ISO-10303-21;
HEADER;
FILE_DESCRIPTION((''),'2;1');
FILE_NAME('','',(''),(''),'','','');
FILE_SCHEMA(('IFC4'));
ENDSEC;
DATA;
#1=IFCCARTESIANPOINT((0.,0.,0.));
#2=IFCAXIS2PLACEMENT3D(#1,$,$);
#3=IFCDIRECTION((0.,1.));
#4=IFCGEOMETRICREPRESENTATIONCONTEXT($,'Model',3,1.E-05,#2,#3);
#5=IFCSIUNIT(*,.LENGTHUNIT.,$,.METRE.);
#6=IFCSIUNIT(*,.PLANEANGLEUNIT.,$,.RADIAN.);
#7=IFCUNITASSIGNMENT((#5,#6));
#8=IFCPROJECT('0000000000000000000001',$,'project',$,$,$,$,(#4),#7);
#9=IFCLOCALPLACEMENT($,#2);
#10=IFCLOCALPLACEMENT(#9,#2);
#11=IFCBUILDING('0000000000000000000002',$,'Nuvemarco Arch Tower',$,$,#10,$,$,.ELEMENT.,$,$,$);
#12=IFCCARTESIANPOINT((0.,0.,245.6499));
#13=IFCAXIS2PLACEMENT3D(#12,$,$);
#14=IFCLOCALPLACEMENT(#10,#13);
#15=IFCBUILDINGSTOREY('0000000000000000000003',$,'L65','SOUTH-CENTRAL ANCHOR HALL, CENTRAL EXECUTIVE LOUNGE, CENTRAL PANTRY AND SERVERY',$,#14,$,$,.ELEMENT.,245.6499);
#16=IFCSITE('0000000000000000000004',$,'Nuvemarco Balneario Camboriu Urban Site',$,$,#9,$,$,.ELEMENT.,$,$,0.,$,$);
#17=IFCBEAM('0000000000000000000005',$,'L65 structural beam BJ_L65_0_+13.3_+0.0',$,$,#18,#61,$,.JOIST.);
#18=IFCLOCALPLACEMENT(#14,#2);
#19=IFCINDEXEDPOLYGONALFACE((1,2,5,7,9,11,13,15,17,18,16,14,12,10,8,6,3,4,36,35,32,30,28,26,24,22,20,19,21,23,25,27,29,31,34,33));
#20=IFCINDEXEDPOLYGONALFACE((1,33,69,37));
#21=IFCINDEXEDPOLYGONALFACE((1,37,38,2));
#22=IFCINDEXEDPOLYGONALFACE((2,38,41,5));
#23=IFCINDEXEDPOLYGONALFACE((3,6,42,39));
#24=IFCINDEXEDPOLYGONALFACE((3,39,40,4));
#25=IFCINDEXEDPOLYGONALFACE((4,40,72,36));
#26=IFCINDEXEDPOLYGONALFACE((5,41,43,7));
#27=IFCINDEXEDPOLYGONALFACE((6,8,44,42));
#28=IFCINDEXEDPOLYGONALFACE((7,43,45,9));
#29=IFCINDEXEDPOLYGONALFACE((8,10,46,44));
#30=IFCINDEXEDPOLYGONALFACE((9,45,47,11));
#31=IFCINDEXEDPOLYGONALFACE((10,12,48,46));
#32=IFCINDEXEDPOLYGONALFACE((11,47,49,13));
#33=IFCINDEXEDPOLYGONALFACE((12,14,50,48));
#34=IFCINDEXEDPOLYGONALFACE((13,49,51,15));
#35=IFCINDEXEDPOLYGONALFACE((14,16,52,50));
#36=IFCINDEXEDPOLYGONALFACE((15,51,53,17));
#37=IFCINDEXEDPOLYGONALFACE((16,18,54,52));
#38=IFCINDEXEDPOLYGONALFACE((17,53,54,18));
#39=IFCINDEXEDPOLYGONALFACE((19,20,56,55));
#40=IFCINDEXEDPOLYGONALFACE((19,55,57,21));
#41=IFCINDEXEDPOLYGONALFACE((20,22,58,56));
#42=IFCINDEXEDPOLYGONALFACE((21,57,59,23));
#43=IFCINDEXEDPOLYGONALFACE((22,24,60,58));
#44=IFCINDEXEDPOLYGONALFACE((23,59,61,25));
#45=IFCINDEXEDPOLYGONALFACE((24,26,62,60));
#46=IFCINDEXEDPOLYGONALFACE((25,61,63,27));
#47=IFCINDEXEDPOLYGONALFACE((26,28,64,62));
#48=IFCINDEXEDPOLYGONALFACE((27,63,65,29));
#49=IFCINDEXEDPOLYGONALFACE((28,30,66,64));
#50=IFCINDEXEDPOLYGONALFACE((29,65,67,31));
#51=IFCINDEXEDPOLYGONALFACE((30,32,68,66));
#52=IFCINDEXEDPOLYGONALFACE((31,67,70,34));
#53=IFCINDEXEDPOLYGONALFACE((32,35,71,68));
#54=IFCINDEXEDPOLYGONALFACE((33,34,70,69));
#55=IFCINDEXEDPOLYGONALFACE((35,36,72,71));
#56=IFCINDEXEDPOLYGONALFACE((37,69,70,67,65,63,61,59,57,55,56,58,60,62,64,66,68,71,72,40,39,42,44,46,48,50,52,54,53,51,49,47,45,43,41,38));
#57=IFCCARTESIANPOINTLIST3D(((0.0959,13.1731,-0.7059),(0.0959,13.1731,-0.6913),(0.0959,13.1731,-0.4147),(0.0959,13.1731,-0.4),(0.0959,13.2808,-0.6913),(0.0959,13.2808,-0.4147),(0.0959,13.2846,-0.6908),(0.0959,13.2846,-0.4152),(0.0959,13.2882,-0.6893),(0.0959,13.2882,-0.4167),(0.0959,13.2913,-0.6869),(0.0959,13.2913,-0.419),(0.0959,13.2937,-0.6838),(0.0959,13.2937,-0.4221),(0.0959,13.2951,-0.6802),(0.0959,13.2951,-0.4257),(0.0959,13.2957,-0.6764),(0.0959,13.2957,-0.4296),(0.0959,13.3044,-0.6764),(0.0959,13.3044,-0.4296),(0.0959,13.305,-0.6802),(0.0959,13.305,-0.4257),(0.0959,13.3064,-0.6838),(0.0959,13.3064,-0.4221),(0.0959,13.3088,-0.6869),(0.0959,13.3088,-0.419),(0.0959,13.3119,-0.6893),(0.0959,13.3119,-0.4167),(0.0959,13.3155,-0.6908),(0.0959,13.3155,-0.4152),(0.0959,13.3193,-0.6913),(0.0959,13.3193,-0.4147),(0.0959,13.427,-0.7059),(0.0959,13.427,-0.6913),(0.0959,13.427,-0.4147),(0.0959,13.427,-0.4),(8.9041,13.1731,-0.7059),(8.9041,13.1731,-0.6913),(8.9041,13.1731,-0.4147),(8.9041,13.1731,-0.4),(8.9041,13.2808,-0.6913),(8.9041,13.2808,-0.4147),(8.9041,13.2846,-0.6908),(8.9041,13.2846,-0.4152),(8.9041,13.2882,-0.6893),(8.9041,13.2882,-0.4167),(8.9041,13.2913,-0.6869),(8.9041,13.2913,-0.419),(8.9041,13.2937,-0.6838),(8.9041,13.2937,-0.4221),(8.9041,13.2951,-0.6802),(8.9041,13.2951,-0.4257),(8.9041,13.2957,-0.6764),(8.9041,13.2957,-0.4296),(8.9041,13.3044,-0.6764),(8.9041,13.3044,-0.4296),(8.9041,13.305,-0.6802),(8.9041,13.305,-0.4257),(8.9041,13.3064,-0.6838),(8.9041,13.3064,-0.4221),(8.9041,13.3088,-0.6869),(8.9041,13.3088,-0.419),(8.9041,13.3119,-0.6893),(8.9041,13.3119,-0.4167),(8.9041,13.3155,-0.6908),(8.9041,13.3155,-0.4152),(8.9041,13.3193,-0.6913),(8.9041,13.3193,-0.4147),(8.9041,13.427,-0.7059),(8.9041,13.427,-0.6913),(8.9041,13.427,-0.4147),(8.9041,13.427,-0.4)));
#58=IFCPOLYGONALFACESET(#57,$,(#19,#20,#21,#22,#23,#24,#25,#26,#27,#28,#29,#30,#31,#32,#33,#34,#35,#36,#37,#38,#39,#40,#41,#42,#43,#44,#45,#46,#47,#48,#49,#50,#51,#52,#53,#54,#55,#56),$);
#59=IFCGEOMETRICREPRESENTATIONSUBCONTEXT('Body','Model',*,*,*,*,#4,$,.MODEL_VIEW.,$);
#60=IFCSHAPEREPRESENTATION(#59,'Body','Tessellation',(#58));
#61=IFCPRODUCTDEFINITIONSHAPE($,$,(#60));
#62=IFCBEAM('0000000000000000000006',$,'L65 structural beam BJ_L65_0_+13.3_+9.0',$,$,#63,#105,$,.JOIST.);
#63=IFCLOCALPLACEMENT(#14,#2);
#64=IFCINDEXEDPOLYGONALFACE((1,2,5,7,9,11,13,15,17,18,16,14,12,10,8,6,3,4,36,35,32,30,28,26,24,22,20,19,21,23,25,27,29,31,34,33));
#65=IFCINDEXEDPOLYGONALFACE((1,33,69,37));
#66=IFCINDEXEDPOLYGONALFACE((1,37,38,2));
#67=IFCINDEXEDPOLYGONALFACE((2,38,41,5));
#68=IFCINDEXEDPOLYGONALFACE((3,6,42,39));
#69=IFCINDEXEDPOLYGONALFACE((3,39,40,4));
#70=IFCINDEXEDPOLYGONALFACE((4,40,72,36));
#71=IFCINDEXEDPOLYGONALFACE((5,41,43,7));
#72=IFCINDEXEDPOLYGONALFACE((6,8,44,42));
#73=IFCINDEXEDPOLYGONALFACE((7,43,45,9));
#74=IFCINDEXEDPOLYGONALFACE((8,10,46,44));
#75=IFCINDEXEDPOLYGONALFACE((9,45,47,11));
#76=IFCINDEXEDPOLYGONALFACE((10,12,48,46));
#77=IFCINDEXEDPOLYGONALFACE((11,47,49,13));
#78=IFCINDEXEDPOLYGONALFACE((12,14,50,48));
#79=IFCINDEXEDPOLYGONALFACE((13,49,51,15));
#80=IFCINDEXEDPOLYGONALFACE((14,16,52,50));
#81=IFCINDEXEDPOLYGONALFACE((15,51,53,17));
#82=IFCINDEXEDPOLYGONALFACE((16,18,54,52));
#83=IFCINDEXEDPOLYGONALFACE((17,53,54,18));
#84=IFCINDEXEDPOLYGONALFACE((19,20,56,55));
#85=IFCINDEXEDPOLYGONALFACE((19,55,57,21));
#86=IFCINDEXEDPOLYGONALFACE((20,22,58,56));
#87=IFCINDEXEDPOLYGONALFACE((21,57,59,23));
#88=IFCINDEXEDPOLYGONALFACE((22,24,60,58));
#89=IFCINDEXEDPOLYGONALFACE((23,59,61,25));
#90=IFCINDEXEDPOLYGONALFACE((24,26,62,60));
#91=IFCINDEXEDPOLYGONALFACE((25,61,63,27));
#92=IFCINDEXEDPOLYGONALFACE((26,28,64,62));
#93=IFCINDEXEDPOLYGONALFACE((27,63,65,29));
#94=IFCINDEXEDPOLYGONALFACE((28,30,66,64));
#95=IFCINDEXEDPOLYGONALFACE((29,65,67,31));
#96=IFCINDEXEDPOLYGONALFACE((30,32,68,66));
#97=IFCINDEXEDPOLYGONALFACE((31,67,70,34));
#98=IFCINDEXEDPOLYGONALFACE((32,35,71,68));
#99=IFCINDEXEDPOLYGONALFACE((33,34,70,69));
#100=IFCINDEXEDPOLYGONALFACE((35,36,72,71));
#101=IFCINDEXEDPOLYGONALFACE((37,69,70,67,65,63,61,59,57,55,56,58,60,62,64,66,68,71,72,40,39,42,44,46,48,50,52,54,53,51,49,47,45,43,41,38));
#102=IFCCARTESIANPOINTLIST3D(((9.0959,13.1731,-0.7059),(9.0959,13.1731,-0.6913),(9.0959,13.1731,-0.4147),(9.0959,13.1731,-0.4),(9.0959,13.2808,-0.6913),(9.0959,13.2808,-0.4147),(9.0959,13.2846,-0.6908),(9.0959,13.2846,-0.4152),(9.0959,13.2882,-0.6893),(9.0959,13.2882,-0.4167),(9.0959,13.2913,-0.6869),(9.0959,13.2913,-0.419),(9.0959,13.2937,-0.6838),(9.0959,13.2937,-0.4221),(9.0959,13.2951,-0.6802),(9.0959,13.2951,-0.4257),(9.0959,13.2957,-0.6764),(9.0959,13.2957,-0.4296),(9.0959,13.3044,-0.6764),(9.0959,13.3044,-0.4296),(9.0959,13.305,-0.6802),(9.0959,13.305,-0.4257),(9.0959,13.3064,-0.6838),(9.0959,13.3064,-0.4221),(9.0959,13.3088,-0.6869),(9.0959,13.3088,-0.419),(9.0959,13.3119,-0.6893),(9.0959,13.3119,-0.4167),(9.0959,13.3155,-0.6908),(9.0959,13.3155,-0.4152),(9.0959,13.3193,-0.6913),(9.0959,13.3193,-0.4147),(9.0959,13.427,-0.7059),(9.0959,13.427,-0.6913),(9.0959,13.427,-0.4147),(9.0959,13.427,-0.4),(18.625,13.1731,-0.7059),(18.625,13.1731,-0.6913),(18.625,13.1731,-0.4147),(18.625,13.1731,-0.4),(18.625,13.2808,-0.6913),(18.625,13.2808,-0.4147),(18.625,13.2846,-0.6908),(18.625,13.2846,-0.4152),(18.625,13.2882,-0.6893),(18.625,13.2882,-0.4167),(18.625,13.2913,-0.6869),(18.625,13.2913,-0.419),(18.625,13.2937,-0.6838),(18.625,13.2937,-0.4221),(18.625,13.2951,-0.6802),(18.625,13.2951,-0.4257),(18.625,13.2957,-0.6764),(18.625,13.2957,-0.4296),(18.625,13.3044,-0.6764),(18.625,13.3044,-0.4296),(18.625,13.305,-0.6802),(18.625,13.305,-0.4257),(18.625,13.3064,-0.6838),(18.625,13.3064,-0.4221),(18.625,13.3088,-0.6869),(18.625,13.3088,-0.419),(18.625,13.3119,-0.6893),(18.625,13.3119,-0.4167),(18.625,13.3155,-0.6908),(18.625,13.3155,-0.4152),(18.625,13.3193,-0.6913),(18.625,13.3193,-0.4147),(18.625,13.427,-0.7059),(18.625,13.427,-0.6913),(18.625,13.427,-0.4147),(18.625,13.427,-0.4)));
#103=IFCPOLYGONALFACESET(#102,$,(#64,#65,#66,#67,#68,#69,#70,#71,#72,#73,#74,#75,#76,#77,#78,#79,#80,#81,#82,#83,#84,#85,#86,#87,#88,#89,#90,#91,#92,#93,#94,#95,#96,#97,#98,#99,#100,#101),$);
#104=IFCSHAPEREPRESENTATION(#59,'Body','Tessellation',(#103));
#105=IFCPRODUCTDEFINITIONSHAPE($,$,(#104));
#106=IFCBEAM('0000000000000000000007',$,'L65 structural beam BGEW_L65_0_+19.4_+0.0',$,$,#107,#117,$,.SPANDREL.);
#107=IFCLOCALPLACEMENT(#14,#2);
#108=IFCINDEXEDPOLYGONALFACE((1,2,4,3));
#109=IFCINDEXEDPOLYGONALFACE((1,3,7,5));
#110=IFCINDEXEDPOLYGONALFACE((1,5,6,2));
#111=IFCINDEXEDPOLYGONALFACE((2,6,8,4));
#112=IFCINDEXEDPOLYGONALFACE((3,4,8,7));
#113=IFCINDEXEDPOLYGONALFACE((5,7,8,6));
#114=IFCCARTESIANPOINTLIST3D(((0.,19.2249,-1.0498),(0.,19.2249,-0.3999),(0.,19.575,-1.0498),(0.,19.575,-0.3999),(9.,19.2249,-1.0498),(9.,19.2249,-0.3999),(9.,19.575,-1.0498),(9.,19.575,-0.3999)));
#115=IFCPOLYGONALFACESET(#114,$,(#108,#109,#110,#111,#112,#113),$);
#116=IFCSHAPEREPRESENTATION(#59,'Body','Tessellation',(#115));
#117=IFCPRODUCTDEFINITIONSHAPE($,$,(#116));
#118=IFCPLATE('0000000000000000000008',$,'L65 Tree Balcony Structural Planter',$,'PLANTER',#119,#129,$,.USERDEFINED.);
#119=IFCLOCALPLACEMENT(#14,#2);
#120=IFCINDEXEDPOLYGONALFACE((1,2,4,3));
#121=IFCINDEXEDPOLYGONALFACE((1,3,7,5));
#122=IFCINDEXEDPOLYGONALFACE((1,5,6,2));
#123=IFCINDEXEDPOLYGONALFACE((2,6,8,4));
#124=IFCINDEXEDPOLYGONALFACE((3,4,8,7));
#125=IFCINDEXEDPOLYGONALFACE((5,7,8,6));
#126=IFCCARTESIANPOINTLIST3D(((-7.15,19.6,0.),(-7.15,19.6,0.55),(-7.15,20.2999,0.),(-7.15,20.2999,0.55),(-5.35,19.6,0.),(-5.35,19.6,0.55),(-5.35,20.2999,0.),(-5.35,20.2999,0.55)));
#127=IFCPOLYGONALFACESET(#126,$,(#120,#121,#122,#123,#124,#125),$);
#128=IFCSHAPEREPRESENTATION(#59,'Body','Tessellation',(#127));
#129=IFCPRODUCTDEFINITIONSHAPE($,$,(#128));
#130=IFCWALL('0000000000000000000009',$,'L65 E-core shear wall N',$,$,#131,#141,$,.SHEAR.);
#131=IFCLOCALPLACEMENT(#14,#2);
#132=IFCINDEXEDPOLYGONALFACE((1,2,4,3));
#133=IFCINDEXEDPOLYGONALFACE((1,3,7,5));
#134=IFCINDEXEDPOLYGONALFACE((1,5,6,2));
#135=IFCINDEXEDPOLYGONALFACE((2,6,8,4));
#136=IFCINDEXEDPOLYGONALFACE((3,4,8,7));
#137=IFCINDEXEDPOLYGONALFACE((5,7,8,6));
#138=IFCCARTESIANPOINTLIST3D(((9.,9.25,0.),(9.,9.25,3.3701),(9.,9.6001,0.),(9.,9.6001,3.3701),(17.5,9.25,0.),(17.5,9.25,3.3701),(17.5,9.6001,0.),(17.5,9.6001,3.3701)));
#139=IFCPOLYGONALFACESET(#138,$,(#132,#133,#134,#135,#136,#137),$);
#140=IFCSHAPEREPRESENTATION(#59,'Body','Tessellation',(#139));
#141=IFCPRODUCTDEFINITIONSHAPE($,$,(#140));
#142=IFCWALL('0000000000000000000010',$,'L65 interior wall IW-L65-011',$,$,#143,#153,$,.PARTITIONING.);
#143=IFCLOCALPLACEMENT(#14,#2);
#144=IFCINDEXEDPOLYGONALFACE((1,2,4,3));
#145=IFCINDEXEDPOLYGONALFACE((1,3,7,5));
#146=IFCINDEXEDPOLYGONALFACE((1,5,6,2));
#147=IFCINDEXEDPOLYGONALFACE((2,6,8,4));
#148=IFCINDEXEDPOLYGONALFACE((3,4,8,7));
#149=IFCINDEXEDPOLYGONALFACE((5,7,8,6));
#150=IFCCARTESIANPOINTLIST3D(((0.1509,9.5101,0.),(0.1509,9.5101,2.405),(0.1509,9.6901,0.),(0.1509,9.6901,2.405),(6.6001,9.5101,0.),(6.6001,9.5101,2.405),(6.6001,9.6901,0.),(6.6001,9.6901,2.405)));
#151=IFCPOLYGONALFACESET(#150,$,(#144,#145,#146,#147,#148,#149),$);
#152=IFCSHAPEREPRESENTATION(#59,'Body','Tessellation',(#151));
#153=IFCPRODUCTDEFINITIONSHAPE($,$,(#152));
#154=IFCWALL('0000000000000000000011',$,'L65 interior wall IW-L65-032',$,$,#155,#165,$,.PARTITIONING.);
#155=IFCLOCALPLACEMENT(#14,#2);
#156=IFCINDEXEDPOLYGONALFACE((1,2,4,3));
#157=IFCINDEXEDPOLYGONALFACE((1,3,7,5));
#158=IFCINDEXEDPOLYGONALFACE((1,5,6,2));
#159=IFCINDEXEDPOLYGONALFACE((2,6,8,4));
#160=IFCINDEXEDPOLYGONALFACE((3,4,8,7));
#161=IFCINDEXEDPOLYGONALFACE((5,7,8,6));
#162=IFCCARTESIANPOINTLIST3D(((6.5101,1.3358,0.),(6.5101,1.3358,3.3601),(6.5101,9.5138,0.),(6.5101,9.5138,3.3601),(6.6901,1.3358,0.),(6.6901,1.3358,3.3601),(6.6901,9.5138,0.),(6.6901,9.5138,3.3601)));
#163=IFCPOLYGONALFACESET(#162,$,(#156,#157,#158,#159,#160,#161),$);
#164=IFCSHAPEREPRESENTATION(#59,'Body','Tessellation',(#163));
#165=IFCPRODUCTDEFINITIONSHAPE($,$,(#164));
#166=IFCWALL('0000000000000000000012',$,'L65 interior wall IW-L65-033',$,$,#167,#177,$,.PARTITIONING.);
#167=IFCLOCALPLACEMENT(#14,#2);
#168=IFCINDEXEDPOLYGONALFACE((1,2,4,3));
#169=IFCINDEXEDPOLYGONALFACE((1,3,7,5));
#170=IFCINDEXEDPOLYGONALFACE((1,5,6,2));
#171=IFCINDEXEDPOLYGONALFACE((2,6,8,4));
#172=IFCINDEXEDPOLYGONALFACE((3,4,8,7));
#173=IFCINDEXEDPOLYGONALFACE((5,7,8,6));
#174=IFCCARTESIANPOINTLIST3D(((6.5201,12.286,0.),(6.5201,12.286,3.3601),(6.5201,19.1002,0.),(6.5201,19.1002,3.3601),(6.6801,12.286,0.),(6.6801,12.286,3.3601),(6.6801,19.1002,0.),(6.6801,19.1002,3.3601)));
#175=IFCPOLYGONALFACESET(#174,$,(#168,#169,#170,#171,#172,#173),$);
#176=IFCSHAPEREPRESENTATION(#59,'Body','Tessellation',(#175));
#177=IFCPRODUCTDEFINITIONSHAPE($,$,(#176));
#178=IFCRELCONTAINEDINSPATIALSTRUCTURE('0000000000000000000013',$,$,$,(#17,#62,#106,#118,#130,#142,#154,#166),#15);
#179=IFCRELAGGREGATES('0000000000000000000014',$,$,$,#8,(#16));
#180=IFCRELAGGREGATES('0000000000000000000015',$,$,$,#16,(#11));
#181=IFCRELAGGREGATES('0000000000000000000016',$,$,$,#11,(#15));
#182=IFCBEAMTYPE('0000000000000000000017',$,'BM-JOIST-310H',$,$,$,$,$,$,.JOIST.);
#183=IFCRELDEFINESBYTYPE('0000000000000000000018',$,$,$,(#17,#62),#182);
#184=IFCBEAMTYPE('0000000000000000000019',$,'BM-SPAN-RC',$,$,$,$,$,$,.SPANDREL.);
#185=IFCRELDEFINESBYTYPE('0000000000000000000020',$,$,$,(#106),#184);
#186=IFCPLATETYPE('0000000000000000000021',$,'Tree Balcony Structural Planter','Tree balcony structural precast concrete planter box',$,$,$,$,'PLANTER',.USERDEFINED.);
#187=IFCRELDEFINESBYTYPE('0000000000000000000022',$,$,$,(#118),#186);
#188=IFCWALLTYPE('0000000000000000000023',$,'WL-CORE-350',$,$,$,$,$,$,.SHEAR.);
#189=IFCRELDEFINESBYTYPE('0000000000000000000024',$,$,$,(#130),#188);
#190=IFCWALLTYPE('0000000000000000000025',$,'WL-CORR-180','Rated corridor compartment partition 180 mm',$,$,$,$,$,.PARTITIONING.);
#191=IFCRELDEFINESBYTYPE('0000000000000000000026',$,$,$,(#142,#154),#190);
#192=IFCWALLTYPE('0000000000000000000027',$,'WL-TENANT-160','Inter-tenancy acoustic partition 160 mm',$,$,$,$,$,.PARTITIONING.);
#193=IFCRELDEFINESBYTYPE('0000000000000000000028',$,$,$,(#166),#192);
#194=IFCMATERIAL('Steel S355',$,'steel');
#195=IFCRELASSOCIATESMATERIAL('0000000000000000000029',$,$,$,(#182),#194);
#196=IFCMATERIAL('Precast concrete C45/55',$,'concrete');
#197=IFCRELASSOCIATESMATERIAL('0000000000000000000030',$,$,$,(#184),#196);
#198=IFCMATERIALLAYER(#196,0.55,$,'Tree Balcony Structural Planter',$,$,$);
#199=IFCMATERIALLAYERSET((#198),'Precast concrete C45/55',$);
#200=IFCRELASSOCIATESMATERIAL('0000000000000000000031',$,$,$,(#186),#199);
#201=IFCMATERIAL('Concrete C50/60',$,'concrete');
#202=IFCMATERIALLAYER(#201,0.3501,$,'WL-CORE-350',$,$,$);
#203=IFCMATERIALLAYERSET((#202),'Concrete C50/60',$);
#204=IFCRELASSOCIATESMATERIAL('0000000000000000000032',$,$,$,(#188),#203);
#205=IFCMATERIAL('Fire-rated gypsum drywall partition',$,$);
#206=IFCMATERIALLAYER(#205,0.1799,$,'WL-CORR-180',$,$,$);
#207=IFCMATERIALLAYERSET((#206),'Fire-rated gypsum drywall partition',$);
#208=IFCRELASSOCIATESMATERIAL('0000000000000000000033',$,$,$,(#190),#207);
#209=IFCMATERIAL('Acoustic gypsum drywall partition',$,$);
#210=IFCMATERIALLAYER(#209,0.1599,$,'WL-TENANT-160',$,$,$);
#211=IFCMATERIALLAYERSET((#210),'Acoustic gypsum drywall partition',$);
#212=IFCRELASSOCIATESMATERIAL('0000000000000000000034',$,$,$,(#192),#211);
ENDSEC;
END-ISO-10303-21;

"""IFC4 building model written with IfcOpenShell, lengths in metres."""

from ifc_helpers import new_model, si_unit, direction, frame, frame_2d, origin, origin_2d, place, context, subcontext, project, spatial, rectangle, i_section, extrude, source, transform, mapped, material, layer, layer_set, material_profile, profile_set, type_object, type_shapes, element, save


model = new_model("IFC4")

# Units and contexts
model_context = context("Model", 3, precision=1e-05, world=origin(), true_north=direction((0.0, 1.0)))
body_context = subcontext(model_context, "Body", "Model", "MODEL_VIEW")
ifc_project = project(units=[si_unit("LENGTHUNIT", "METRE"), si_unit("PLANEANGLEUNIT", "RADIAN")], contexts=[model_context])

# Site, building, storey
site_placement = place(None, origin())
site = spatial("IfcSite", under=ifc_project, at=site_placement, Name="Nuvemarco Balneario Camboriu Urban Site", CompositionType="ELEMENT", RefElevation=0.0)
building_placement = place(site_placement, origin())
building = spatial("IfcBuilding", under=site, at=building_placement, Name="Nuvemarco Arch Tower", CompositionType="ELEMENT")
storey_placement = place(building_placement, frame((0.0, 0.0, 245.6499)))
storey = spatial("IfcBuildingStorey", under=building, at=storey_placement, Name="L65", Description="SOUTH-CENTRAL ANCHOR HALL, CENTRAL EXECUTIVE LOUNGE, CENTRAL PANTRY AND SERVERY", CompositionType="ELEMENT", Elevation=245.6499)

# Shared definitions
ifc_material_1 = material(Name="Concrete C50/60", Category="concrete")
ifc_material_2 = material(Name="Steel S355", Category="steel")

# Beams
ifc_material_profile_1 = material_profile(ifc_material_2, i_section(OverallWidth=0.2539, OverallDepth=0.3059, WebThickness=0.0088, FlangeThickness=0.0146, FilletRadius=0.0149, at=origin_2d()), Name="W310x79")
ifc_profile_set_1 = profile_set([ifc_material_profile_1], Name="Steel S355")
beam_type_1 = type_object("IfcBeamType", Name="BM-JOIST-310H", PredefinedType="JOIST", material=ifc_profile_set_1)
beam_1_placement = place(storey_placement, frame((0.0959, 13.3, -0.553), z_axis=(1.0, 0.0, 0.0), x_axis=(0.0, 1.0, 0.0)))
element("IfcBeam", 1, at=beam_1_placement, inside=storey, type_object=beam_type_1, Name="L65 structural beam BJ_L65_0_+13.3_+0.0", PredefinedType="JOIST", context=body_context, shape_type="SweptSolid", body=[
    extrude(i_section(OverallWidth=0.2539, OverallDepth=0.3059, WebThickness=0.0088, FlangeThickness=0.0146, FilletRadius=0.0149, at=origin_2d()), origin(), (0.0, 0.0, 1.0), 8.8081),
])
beam_2_placement = place(storey_placement, frame((9.0959, 13.3, -0.553), z_axis=(1.0, 0.0, 0.0), x_axis=(0.0, 1.0, 0.0)))
element("IfcBeam", 2, at=beam_2_placement, inside=storey, type_object=beam_type_1, Name="L65 structural beam BJ_L65_0_+13.3_+9.0", PredefinedType="JOIST", context=body_context, shape_type="SweptSolid", body=[
    extrude(i_section(OverallWidth=0.2539, OverallDepth=0.3059, WebThickness=0.0088, FlangeThickness=0.0146, FilletRadius=0.0149, at=origin_2d()), origin(), (0.0, 0.0, 1.0), 9.5291),
])
ifc_material_3 = material(Name="Precast concrete C45/55", Category="concrete")
ifc_material_profile_2 = material_profile(ifc_material_3, rectangle(XDim=0.3501, YDim=0.6499, at=origin_2d()), Name="PC-SP-350x650")
ifc_profile_set_2 = profile_set([ifc_material_profile_2], Name="Precast concrete C45/55")
beam_type_2 = type_object("IfcBeamType", Name="BM-SPAN-RC", PredefinedType="SPANDREL", material=ifc_profile_set_2)
beam_3_placement = place(storey_placement, frame((0.0, 19.3999, -0.7249), z_axis=(1.0, 0.0, 0.0), x_axis=(0.0, 1.0, 0.0)))
element("IfcBeam", 3, at=beam_3_placement, inside=storey, type_object=beam_type_2, Name="L65 structural beam BGEW_L65_0_+19.4_+0.0", PredefinedType="SPANDREL", context=body_context, shape_type="SweptSolid", body=[
    extrude(rectangle(XDim=0.3501, YDim=0.6499, at=origin_2d()), origin(), (0.0, 0.0, 1.0), 9.0),
])

# Plate
ifc_layer_1 = layer(ifc_material_3, 0.55, Name="Tree Balcony Structural Planter")
ifc_layer_set_1 = layer_set([ifc_layer_1], Name="Precast concrete C45/55")
plate_type = type_object("IfcPlateType", Name="Tree Balcony Structural Planter", Description="Tree balcony structural precast concrete planter box", ElementType="PLANTER", PredefinedType="USERDEFINED", material=ifc_layer_set_1)
shared_shape_1 = source(origin(), body_context, "Body", "SweptSolid", [
    extrude(rectangle(XDim=1.8, YDim=0.7, at=origin_2d()), origin(), (0.0, 0.0, 1.0), 0.55),
])
type_shapes(plate_type, [shared_shape_1])
plate_placement = place(storey_placement, frame((-6.25, 19.95, 0.0), z_axis=(0.0, 0.0, 1.0), x_axis=(1.0, 0.0, 0.0)))
element("IfcPlate", 4, at=plate_placement, inside=storey, type_object=plate_type, Name="L65 Tree Balcony Structural Planter", ObjectType="PLANTER", PredefinedType="USERDEFINED", context=body_context, shape_type="MappedRepresentation", body=[
    mapped(shared_shape_1, transform((0.0, 0.0, 0.0), scale=1.0)),
])

# Walls
ifc_layer_2 = layer(ifc_material_1, 0.3501, Name="WL-CORE-350")
ifc_layer_set_2 = layer_set([ifc_layer_2], Name="Concrete C50/60")
wall_type_1 = type_object("IfcWallType", Name="WL-CORE-350", PredefinedType="SHEAR", material=ifc_layer_set_2)
wall_1_placement = place(storey_placement, frame((9.0, 9.425, 0.0), z_axis=(0.0, 0.0, 1.0), x_axis=(1.0, 0.0, 0.0)))
element("IfcWall", 5, at=wall_1_placement, inside=storey, type_object=wall_type_1, Name="L65 E-core shear wall N", PredefinedType="SHEAR", context=body_context, shape_type="SweptSolid", body=[
    extrude(rectangle(XDim=8.5, YDim=0.3501, at=frame_2d((4.25, 0.0))), origin(), (0.0, 0.0, 1.0), 3.3701),
])
ifc_material_4 = material(Name="Fire-rated gypsum drywall partition")
ifc_layer_3 = layer(ifc_material_4, 0.1799, Name="WL-CORR-180")
ifc_layer_set_3 = layer_set([ifc_layer_3], Name="Fire-rated gypsum drywall partition")
wall_type_2 = type_object("IfcWallType", Name="WL-CORR-180", Description="Rated corridor compartment partition 180 mm", PredefinedType="PARTITIONING", material=ifc_layer_set_3)
wall_2_placement = place(storey_placement, frame((0.1509, 9.6001, 0.0), z_axis=(0.0, 0.0, 1.0), x_axis=(1.0, 0.0, 0.0)))
element("IfcWall", 6, at=wall_2_placement, inside=storey, type_object=wall_type_2, Name="L65 interior wall IW-L65-011", PredefinedType="PARTITIONING", context=body_context, shape_type="SweptSolid", body=[
    extrude(rectangle(XDim=6.4492, YDim=0.1799, at=frame_2d((3.2246, 0.0))), origin(), (0.0, 0.0, 1.0), 2.405),
])
wall_3_placement = place(storey_placement, frame((6.6001, 1.3359, 0.0), z_axis=(0.0, 0.0, 1.0), x_axis=(0.0, 1.0, 0.0)))
element("IfcWall", 7, at=wall_3_placement, inside=storey, type_object=wall_type_2, Name="L65 interior wall IW-L65-032", PredefinedType="PARTITIONING", context=body_context, shape_type="SweptSolid", body=[
    extrude(rectangle(XDim=8.178, YDim=0.1799, at=frame_2d((4.0889, 0.0))), origin(), (0.0, 0.0, 1.0), 3.3601),
])
ifc_material_5 = material(Name="Acoustic gypsum drywall partition")
ifc_layer_4 = layer(ifc_material_5, 0.1599, Name="WL-TENANT-160")
ifc_layer_set_4 = layer_set([ifc_layer_4], Name="Acoustic gypsum drywall partition")
wall_type_3 = type_object("IfcWallType", Name="WL-TENANT-160", Description="Inter-tenancy acoustic partition 160 mm", PredefinedType="PARTITIONING", material=ifc_layer_set_4)
wall_4_placement = place(storey_placement, frame((6.6001, 12.2859, 0.0), z_axis=(0.0, 0.0, 1.0), x_axis=(0.0, 1.0, 0.0)))
element("IfcWall", 8, at=wall_4_placement, inside=storey, type_object=wall_type_3, Name="L65 interior wall IW-L65-033", PredefinedType="PARTITIONING", context=body_context, shape_type="SweptSolid", body=[
    extrude(rectangle(XDim=6.8142, YDim=0.1599, at=frame_2d((3.4072, 0.0))), origin(), (0.0, 0.0, 1.0), 3.3601),
])

save(model, "model.ifc")
